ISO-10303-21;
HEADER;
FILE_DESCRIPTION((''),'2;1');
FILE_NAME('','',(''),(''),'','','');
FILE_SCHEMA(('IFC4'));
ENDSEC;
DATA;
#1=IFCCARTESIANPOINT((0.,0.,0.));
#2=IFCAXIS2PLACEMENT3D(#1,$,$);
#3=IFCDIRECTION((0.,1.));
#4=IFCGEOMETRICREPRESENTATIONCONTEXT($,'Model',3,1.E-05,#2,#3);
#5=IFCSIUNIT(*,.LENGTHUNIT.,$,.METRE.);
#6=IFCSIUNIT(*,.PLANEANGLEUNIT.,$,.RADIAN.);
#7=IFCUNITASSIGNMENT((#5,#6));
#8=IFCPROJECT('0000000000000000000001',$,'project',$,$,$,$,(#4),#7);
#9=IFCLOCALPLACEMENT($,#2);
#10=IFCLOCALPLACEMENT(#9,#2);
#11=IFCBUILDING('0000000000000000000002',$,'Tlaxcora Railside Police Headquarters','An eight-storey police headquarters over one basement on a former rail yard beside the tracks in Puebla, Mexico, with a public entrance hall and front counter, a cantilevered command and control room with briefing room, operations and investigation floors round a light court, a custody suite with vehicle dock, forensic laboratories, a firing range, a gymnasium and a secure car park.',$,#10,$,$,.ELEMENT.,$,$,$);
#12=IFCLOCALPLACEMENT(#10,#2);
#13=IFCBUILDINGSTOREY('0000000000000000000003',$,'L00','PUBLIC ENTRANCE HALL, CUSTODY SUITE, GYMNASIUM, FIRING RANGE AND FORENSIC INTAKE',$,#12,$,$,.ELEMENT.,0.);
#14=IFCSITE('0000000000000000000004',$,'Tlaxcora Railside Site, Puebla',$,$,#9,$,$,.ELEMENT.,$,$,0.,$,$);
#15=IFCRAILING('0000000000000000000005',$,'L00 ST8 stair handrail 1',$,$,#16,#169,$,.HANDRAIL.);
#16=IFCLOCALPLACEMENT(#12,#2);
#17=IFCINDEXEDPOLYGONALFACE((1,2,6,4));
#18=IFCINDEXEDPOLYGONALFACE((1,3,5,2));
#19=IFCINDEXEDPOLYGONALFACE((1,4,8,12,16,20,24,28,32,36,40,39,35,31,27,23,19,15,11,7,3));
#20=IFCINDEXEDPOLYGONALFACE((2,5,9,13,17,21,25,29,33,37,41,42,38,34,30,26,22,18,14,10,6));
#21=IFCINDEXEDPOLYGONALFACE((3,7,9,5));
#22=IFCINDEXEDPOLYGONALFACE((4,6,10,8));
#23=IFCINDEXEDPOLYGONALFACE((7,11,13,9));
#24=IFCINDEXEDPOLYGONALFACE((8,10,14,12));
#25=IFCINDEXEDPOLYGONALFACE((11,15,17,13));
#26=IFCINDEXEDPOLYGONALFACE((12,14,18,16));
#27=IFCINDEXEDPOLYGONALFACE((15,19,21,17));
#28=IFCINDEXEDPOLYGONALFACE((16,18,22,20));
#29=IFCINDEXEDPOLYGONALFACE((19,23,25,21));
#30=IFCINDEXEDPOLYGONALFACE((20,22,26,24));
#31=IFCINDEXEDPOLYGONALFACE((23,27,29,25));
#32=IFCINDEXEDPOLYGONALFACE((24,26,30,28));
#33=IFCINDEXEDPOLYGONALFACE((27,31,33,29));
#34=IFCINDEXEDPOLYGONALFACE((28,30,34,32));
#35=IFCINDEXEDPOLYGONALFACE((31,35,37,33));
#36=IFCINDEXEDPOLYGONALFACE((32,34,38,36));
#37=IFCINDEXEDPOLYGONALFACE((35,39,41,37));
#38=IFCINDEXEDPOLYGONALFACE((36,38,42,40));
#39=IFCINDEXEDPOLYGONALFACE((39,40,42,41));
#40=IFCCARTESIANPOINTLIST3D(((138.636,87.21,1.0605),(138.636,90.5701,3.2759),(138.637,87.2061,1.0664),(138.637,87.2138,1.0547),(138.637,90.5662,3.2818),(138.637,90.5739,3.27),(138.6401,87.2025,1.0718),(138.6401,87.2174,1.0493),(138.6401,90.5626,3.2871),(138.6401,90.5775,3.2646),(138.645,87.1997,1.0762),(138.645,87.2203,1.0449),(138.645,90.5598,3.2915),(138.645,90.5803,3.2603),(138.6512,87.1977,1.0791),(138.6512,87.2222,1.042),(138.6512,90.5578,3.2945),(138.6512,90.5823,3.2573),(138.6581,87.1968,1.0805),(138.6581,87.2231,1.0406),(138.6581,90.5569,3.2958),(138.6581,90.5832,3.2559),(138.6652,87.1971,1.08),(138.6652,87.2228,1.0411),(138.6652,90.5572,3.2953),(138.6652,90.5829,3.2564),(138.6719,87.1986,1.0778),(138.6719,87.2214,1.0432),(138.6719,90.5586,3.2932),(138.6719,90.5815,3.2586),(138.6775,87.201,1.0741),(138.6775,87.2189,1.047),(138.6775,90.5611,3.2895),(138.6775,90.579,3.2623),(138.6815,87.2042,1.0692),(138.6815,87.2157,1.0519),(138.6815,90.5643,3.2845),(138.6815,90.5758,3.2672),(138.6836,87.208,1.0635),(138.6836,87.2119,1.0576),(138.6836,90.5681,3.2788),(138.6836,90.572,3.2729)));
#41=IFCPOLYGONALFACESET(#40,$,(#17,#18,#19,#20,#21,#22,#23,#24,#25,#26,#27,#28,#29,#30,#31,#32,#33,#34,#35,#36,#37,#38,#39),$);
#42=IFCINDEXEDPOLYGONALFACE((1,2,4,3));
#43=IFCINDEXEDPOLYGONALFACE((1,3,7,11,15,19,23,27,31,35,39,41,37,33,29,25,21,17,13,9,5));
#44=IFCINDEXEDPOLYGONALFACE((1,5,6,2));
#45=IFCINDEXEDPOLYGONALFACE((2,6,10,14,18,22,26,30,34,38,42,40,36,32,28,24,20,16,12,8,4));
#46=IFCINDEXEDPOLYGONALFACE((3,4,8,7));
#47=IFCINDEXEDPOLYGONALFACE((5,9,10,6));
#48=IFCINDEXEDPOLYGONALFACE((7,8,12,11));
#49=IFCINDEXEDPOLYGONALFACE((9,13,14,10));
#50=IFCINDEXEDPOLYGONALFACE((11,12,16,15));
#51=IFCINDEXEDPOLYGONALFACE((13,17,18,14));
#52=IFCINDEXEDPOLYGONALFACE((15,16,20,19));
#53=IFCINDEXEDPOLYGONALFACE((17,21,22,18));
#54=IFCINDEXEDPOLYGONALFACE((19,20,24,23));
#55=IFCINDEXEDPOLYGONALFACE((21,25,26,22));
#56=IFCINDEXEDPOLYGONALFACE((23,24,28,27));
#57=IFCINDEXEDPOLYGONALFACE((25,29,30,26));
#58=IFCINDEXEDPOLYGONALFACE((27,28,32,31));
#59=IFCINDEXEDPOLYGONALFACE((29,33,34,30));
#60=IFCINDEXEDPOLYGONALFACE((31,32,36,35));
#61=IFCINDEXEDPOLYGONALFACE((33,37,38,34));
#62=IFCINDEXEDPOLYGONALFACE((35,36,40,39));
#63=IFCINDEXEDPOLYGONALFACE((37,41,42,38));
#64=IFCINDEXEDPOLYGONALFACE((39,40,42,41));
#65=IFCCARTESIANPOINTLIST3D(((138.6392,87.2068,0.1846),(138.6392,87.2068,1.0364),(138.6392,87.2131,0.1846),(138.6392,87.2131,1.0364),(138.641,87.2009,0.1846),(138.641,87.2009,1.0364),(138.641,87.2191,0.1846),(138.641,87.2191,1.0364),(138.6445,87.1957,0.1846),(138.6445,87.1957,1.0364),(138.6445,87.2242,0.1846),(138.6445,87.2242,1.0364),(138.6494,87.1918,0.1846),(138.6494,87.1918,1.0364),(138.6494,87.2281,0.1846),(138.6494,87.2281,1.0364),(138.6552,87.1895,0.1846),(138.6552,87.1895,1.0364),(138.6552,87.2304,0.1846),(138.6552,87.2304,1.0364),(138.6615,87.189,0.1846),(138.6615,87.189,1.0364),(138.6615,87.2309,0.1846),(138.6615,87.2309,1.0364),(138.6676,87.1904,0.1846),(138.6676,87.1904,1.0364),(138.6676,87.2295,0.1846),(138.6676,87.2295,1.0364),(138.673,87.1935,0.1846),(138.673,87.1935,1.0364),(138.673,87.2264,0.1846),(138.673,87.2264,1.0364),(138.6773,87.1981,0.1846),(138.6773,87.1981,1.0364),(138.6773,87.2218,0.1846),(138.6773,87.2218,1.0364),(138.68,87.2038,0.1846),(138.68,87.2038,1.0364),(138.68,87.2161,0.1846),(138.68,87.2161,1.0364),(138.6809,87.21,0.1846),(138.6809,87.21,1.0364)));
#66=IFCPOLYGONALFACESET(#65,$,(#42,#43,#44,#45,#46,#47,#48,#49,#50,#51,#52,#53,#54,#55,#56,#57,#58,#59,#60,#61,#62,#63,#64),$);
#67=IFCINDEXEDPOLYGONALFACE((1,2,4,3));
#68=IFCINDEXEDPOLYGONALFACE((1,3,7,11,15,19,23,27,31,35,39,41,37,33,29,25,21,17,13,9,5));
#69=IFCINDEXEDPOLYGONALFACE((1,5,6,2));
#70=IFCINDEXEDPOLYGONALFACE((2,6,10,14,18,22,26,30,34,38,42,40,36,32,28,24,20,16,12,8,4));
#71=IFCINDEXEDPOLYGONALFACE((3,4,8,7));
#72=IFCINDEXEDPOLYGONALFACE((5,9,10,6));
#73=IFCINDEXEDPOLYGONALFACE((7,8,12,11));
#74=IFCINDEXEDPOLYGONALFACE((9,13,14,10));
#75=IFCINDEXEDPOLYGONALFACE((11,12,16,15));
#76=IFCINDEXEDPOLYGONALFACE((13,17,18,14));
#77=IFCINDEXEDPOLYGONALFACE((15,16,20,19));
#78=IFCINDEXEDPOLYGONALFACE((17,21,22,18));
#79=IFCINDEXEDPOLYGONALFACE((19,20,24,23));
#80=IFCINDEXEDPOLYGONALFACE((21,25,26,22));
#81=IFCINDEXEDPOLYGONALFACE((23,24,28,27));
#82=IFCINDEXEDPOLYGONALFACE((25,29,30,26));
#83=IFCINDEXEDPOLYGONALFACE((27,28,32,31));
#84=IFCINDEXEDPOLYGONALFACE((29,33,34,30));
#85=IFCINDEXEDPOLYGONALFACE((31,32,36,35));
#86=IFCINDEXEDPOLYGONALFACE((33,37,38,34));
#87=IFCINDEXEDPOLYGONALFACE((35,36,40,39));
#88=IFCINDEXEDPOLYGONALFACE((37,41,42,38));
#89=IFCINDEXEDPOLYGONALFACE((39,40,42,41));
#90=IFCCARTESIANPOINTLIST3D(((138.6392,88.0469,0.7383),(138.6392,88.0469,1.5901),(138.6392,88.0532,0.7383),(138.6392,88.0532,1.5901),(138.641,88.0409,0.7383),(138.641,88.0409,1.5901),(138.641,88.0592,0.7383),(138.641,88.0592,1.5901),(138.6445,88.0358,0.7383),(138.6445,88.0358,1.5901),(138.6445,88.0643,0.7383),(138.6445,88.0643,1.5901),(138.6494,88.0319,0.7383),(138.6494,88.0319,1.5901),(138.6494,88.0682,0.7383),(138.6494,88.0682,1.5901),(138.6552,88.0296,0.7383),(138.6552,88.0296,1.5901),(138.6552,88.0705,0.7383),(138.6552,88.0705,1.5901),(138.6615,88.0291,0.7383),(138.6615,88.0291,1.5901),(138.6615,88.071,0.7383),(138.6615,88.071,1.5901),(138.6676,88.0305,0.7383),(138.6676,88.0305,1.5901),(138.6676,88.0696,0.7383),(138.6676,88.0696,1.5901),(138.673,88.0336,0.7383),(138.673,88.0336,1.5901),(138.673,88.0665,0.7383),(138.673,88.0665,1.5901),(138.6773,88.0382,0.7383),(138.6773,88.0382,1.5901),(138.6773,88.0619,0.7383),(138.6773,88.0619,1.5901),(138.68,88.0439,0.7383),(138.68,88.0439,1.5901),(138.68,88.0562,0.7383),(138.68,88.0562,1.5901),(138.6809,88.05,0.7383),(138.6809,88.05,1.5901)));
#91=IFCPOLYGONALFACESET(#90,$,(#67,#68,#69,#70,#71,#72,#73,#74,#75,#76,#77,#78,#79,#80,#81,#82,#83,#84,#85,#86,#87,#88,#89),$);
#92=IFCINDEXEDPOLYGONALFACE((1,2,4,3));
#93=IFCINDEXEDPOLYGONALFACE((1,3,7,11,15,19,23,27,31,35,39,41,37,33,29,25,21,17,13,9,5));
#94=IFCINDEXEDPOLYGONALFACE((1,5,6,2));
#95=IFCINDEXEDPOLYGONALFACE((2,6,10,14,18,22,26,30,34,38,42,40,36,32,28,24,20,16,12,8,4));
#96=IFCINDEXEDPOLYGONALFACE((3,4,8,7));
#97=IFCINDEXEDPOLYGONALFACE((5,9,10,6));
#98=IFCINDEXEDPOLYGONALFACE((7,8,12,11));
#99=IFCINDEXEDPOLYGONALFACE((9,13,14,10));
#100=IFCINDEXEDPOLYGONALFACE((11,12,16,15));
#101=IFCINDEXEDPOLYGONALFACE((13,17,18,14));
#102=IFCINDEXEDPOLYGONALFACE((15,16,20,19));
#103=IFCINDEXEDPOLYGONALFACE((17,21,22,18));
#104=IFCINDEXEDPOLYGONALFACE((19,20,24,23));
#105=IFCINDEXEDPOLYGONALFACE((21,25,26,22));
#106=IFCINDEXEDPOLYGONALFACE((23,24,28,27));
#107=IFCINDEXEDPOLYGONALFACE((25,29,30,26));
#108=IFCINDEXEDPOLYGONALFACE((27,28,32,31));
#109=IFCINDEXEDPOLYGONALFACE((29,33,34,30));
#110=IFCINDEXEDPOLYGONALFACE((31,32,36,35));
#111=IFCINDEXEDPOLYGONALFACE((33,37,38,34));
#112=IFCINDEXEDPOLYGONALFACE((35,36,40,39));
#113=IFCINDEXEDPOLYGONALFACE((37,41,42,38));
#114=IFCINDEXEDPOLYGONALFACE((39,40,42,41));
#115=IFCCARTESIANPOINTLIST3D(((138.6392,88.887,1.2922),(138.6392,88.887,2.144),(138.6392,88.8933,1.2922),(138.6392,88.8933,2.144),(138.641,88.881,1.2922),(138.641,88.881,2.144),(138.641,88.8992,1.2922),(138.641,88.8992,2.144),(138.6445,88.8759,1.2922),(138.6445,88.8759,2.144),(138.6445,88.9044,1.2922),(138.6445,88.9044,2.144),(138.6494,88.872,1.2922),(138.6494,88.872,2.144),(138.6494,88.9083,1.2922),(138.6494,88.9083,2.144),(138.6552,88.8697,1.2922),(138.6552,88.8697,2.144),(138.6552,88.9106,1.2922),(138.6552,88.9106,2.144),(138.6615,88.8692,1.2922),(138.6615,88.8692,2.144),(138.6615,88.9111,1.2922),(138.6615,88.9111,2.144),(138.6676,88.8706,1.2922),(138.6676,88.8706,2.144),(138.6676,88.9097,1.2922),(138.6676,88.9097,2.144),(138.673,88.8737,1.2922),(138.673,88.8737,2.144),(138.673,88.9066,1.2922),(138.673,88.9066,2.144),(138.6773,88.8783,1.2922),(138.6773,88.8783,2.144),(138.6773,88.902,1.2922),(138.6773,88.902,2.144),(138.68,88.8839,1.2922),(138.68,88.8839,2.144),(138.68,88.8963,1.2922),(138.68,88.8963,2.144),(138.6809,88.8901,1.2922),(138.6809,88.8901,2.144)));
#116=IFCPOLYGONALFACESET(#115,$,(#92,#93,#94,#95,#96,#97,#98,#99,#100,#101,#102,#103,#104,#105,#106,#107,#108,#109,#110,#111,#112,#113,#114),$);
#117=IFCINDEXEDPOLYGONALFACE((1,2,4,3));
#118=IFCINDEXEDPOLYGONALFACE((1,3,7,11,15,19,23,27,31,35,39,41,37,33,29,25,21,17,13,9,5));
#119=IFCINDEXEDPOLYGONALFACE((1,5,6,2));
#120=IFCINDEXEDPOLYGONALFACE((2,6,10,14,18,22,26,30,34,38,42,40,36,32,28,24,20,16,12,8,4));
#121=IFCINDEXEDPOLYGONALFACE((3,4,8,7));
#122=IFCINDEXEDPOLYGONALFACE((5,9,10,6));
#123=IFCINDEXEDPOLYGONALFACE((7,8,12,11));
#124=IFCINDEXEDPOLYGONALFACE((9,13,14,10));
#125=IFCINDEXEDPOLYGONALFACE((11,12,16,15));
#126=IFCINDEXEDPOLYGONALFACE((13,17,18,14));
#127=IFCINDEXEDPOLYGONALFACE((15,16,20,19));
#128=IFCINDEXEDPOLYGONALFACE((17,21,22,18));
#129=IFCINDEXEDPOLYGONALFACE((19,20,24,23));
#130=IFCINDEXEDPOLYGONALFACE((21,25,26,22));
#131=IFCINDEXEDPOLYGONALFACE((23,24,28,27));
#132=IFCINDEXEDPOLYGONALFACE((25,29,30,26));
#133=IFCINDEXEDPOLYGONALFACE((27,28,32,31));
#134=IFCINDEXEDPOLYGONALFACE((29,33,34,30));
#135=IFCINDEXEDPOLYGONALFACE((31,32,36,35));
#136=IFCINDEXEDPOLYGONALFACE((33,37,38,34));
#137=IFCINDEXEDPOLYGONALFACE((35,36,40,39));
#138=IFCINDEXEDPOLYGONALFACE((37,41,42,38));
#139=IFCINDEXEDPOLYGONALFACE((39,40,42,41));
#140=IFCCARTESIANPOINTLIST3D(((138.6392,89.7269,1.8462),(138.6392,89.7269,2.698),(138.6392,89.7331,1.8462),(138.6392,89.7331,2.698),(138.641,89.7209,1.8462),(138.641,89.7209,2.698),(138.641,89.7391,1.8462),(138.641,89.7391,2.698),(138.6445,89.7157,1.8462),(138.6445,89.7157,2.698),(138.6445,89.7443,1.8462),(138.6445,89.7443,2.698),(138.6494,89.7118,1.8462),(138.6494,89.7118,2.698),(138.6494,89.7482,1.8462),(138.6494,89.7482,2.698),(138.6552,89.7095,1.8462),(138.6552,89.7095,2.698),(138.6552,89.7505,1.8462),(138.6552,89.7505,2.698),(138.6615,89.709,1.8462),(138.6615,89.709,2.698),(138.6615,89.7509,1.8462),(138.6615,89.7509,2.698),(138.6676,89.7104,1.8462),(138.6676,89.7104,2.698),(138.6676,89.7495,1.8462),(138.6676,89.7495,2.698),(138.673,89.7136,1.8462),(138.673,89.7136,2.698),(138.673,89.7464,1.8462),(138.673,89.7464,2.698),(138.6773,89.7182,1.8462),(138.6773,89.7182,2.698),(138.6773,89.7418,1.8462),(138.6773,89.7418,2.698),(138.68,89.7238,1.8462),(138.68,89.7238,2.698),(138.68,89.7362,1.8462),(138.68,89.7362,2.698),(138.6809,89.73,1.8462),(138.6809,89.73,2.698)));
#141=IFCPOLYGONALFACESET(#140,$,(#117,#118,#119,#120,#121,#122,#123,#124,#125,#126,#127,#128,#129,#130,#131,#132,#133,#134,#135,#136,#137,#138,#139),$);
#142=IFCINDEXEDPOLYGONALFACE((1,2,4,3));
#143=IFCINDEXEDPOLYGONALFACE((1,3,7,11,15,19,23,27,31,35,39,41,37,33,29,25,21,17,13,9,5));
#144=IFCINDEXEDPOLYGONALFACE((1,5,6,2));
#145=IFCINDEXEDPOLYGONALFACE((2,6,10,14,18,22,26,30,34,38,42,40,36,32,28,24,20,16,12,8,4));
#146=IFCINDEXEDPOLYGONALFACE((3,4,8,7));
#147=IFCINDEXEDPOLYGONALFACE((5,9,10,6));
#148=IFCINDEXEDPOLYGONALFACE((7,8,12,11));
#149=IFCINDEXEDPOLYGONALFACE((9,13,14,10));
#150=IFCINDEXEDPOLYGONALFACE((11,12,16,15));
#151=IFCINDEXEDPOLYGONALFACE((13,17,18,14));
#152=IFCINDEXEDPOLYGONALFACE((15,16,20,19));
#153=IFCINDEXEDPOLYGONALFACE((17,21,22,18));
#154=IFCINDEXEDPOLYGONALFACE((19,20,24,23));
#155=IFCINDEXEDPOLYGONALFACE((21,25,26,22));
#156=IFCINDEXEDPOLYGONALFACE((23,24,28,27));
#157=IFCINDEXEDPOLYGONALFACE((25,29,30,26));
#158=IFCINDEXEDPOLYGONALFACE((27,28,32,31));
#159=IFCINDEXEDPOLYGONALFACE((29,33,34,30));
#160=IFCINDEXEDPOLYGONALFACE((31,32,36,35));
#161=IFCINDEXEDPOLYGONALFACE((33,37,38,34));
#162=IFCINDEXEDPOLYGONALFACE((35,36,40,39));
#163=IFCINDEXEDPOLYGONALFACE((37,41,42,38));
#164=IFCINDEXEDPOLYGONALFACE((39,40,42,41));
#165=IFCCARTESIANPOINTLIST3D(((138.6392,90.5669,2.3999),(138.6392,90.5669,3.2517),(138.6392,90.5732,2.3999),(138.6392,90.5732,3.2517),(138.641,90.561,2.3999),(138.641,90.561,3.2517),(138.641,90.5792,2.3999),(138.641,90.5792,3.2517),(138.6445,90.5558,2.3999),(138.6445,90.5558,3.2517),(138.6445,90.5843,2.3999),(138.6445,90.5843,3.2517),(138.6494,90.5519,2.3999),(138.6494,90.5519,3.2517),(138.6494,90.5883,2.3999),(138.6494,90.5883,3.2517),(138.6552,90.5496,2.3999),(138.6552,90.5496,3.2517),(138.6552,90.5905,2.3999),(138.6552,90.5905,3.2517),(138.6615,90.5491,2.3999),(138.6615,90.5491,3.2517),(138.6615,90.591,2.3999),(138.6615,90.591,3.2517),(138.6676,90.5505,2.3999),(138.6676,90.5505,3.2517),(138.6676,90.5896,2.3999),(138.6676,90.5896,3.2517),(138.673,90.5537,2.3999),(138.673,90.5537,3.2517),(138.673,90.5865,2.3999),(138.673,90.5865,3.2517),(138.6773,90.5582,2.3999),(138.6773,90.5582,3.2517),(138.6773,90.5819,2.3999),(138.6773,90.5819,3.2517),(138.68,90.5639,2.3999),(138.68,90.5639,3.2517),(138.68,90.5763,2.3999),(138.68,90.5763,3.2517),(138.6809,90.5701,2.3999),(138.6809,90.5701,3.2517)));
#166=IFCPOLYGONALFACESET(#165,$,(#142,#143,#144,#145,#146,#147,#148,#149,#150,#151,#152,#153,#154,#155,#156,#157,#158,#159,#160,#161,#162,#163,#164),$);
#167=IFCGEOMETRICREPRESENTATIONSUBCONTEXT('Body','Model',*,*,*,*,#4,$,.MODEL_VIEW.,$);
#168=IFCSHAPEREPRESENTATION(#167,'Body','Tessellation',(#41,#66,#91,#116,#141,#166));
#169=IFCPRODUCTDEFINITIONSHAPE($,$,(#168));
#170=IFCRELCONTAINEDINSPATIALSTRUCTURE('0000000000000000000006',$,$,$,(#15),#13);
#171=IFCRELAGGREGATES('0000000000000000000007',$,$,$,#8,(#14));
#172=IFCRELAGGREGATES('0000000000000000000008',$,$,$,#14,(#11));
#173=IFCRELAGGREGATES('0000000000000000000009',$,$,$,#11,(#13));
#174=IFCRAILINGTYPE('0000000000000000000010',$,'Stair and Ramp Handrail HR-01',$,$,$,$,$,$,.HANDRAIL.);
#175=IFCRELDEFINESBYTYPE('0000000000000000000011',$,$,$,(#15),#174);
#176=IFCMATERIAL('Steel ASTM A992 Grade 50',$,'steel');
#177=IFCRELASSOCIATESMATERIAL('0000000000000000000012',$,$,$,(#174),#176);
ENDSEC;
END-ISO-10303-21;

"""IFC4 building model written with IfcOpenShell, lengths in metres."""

from ifc_helpers import new_model, si_unit, direction, frame, origin, origin_2d, place, context, subcontext, project, spatial, circle, extrude, material, type_object, element, save


model = new_model("IFC4")

# Units and contexts
model_context = context("Model", 3, precision=1e-05, world=origin(), true_north=direction((0.0, 1.0)))
body_context = subcontext(model_context, "Body", "Model", "MODEL_VIEW")
ifc_project = project(units=[si_unit("LENGTHUNIT", "METRE"), si_unit("PLANEANGLEUNIT", "RADIAN")], contexts=[model_context])

# Site, building, storey
site_placement = place(None, origin())
site = spatial("IfcSite", under=ifc_project, at=site_placement, Name="Tlaxcora Railside Site, Puebla", CompositionType="ELEMENT", RefElevation=0.0)
building_placement = place(site_placement, origin())
building = spatial("IfcBuilding", under=site, at=building_placement, Name="Tlaxcora Railside Police Headquarters", Description="An eight-storey police headquarters over one basement on a former rail yard beside the tracks in Puebla, Mexico, with a public entrance hall and front counter, a cantilevered command and control room with briefing room, operations and investigation floors round a light court, a custody suite with vehicle dock, forensic laboratories, a firing range, a gymnasium and a secure car park.", CompositionType="ELEMENT")
storey_placement = place(building_placement, origin())
storey = spatial("IfcBuildingStorey", under=building, at=storey_placement, Name="L00", Description="PUBLIC ENTRANCE HALL, CUSTODY SUITE, GYMNASIUM, FIRING RANGE AND FORENSIC INTAKE", CompositionType="ELEMENT", Elevation=0.0)

# Shared definitions
ifc_material_1 = material(Name="Steel ASTM A992 Grade 50", Category="steel")

# Railing
railing_type_1 = type_object("IfcRailingType", Name="Stair and Ramp Handrail HR-01", PredefinedType="HANDRAIL", material=ifc_material_1)
railing_1_placement = place(storey_placement, frame((138.6599, 87.21, 0.1846)))
element("IfcRailing", 1, at=railing_1_placement, inside=storey, type_object=railing_type_1, Name="L00 ST8 stair handrail 1", PredefinedType="HANDRAIL", context=body_context, shape_type="SweptSolid", body=[
    extrude(circle(Radius=0.0239, at=origin_2d()), frame((0.0, 0.0, 0.876), z_axis=(0.0, 0.834876, 0.550437), x_axis=(-1.0, 0.0, 0.0)), (0.0, 0.0, 1.0), 4.0247),
    extrude(circle(Radius=0.021, at=origin_2d()), origin(), (0.0, 0.0, 1.0), 0.8518),
    extrude(circle(Radius=0.021, at=origin_2d()), frame((0.0, 0.8401, 0.5537)), (0.0, 0.0, 1.0), 0.8518),
    extrude(circle(Radius=0.021, at=origin_2d()), frame((0.0, 1.6802, 1.1077)), (0.0, 0.0, 1.0), 0.8518),
    extrude(circle(Radius=0.021, at=origin_2d()), frame((0.0, 2.52, 1.6616)), (0.0, 0.0, 1.0), 0.8518),
    extrude(circle(Radius=0.021, at=origin_2d()), frame((0.0, 3.3601, 2.2153)), (0.0, 0.0, 1.0), 0.8518),
])

save(model, "model.ifc")
